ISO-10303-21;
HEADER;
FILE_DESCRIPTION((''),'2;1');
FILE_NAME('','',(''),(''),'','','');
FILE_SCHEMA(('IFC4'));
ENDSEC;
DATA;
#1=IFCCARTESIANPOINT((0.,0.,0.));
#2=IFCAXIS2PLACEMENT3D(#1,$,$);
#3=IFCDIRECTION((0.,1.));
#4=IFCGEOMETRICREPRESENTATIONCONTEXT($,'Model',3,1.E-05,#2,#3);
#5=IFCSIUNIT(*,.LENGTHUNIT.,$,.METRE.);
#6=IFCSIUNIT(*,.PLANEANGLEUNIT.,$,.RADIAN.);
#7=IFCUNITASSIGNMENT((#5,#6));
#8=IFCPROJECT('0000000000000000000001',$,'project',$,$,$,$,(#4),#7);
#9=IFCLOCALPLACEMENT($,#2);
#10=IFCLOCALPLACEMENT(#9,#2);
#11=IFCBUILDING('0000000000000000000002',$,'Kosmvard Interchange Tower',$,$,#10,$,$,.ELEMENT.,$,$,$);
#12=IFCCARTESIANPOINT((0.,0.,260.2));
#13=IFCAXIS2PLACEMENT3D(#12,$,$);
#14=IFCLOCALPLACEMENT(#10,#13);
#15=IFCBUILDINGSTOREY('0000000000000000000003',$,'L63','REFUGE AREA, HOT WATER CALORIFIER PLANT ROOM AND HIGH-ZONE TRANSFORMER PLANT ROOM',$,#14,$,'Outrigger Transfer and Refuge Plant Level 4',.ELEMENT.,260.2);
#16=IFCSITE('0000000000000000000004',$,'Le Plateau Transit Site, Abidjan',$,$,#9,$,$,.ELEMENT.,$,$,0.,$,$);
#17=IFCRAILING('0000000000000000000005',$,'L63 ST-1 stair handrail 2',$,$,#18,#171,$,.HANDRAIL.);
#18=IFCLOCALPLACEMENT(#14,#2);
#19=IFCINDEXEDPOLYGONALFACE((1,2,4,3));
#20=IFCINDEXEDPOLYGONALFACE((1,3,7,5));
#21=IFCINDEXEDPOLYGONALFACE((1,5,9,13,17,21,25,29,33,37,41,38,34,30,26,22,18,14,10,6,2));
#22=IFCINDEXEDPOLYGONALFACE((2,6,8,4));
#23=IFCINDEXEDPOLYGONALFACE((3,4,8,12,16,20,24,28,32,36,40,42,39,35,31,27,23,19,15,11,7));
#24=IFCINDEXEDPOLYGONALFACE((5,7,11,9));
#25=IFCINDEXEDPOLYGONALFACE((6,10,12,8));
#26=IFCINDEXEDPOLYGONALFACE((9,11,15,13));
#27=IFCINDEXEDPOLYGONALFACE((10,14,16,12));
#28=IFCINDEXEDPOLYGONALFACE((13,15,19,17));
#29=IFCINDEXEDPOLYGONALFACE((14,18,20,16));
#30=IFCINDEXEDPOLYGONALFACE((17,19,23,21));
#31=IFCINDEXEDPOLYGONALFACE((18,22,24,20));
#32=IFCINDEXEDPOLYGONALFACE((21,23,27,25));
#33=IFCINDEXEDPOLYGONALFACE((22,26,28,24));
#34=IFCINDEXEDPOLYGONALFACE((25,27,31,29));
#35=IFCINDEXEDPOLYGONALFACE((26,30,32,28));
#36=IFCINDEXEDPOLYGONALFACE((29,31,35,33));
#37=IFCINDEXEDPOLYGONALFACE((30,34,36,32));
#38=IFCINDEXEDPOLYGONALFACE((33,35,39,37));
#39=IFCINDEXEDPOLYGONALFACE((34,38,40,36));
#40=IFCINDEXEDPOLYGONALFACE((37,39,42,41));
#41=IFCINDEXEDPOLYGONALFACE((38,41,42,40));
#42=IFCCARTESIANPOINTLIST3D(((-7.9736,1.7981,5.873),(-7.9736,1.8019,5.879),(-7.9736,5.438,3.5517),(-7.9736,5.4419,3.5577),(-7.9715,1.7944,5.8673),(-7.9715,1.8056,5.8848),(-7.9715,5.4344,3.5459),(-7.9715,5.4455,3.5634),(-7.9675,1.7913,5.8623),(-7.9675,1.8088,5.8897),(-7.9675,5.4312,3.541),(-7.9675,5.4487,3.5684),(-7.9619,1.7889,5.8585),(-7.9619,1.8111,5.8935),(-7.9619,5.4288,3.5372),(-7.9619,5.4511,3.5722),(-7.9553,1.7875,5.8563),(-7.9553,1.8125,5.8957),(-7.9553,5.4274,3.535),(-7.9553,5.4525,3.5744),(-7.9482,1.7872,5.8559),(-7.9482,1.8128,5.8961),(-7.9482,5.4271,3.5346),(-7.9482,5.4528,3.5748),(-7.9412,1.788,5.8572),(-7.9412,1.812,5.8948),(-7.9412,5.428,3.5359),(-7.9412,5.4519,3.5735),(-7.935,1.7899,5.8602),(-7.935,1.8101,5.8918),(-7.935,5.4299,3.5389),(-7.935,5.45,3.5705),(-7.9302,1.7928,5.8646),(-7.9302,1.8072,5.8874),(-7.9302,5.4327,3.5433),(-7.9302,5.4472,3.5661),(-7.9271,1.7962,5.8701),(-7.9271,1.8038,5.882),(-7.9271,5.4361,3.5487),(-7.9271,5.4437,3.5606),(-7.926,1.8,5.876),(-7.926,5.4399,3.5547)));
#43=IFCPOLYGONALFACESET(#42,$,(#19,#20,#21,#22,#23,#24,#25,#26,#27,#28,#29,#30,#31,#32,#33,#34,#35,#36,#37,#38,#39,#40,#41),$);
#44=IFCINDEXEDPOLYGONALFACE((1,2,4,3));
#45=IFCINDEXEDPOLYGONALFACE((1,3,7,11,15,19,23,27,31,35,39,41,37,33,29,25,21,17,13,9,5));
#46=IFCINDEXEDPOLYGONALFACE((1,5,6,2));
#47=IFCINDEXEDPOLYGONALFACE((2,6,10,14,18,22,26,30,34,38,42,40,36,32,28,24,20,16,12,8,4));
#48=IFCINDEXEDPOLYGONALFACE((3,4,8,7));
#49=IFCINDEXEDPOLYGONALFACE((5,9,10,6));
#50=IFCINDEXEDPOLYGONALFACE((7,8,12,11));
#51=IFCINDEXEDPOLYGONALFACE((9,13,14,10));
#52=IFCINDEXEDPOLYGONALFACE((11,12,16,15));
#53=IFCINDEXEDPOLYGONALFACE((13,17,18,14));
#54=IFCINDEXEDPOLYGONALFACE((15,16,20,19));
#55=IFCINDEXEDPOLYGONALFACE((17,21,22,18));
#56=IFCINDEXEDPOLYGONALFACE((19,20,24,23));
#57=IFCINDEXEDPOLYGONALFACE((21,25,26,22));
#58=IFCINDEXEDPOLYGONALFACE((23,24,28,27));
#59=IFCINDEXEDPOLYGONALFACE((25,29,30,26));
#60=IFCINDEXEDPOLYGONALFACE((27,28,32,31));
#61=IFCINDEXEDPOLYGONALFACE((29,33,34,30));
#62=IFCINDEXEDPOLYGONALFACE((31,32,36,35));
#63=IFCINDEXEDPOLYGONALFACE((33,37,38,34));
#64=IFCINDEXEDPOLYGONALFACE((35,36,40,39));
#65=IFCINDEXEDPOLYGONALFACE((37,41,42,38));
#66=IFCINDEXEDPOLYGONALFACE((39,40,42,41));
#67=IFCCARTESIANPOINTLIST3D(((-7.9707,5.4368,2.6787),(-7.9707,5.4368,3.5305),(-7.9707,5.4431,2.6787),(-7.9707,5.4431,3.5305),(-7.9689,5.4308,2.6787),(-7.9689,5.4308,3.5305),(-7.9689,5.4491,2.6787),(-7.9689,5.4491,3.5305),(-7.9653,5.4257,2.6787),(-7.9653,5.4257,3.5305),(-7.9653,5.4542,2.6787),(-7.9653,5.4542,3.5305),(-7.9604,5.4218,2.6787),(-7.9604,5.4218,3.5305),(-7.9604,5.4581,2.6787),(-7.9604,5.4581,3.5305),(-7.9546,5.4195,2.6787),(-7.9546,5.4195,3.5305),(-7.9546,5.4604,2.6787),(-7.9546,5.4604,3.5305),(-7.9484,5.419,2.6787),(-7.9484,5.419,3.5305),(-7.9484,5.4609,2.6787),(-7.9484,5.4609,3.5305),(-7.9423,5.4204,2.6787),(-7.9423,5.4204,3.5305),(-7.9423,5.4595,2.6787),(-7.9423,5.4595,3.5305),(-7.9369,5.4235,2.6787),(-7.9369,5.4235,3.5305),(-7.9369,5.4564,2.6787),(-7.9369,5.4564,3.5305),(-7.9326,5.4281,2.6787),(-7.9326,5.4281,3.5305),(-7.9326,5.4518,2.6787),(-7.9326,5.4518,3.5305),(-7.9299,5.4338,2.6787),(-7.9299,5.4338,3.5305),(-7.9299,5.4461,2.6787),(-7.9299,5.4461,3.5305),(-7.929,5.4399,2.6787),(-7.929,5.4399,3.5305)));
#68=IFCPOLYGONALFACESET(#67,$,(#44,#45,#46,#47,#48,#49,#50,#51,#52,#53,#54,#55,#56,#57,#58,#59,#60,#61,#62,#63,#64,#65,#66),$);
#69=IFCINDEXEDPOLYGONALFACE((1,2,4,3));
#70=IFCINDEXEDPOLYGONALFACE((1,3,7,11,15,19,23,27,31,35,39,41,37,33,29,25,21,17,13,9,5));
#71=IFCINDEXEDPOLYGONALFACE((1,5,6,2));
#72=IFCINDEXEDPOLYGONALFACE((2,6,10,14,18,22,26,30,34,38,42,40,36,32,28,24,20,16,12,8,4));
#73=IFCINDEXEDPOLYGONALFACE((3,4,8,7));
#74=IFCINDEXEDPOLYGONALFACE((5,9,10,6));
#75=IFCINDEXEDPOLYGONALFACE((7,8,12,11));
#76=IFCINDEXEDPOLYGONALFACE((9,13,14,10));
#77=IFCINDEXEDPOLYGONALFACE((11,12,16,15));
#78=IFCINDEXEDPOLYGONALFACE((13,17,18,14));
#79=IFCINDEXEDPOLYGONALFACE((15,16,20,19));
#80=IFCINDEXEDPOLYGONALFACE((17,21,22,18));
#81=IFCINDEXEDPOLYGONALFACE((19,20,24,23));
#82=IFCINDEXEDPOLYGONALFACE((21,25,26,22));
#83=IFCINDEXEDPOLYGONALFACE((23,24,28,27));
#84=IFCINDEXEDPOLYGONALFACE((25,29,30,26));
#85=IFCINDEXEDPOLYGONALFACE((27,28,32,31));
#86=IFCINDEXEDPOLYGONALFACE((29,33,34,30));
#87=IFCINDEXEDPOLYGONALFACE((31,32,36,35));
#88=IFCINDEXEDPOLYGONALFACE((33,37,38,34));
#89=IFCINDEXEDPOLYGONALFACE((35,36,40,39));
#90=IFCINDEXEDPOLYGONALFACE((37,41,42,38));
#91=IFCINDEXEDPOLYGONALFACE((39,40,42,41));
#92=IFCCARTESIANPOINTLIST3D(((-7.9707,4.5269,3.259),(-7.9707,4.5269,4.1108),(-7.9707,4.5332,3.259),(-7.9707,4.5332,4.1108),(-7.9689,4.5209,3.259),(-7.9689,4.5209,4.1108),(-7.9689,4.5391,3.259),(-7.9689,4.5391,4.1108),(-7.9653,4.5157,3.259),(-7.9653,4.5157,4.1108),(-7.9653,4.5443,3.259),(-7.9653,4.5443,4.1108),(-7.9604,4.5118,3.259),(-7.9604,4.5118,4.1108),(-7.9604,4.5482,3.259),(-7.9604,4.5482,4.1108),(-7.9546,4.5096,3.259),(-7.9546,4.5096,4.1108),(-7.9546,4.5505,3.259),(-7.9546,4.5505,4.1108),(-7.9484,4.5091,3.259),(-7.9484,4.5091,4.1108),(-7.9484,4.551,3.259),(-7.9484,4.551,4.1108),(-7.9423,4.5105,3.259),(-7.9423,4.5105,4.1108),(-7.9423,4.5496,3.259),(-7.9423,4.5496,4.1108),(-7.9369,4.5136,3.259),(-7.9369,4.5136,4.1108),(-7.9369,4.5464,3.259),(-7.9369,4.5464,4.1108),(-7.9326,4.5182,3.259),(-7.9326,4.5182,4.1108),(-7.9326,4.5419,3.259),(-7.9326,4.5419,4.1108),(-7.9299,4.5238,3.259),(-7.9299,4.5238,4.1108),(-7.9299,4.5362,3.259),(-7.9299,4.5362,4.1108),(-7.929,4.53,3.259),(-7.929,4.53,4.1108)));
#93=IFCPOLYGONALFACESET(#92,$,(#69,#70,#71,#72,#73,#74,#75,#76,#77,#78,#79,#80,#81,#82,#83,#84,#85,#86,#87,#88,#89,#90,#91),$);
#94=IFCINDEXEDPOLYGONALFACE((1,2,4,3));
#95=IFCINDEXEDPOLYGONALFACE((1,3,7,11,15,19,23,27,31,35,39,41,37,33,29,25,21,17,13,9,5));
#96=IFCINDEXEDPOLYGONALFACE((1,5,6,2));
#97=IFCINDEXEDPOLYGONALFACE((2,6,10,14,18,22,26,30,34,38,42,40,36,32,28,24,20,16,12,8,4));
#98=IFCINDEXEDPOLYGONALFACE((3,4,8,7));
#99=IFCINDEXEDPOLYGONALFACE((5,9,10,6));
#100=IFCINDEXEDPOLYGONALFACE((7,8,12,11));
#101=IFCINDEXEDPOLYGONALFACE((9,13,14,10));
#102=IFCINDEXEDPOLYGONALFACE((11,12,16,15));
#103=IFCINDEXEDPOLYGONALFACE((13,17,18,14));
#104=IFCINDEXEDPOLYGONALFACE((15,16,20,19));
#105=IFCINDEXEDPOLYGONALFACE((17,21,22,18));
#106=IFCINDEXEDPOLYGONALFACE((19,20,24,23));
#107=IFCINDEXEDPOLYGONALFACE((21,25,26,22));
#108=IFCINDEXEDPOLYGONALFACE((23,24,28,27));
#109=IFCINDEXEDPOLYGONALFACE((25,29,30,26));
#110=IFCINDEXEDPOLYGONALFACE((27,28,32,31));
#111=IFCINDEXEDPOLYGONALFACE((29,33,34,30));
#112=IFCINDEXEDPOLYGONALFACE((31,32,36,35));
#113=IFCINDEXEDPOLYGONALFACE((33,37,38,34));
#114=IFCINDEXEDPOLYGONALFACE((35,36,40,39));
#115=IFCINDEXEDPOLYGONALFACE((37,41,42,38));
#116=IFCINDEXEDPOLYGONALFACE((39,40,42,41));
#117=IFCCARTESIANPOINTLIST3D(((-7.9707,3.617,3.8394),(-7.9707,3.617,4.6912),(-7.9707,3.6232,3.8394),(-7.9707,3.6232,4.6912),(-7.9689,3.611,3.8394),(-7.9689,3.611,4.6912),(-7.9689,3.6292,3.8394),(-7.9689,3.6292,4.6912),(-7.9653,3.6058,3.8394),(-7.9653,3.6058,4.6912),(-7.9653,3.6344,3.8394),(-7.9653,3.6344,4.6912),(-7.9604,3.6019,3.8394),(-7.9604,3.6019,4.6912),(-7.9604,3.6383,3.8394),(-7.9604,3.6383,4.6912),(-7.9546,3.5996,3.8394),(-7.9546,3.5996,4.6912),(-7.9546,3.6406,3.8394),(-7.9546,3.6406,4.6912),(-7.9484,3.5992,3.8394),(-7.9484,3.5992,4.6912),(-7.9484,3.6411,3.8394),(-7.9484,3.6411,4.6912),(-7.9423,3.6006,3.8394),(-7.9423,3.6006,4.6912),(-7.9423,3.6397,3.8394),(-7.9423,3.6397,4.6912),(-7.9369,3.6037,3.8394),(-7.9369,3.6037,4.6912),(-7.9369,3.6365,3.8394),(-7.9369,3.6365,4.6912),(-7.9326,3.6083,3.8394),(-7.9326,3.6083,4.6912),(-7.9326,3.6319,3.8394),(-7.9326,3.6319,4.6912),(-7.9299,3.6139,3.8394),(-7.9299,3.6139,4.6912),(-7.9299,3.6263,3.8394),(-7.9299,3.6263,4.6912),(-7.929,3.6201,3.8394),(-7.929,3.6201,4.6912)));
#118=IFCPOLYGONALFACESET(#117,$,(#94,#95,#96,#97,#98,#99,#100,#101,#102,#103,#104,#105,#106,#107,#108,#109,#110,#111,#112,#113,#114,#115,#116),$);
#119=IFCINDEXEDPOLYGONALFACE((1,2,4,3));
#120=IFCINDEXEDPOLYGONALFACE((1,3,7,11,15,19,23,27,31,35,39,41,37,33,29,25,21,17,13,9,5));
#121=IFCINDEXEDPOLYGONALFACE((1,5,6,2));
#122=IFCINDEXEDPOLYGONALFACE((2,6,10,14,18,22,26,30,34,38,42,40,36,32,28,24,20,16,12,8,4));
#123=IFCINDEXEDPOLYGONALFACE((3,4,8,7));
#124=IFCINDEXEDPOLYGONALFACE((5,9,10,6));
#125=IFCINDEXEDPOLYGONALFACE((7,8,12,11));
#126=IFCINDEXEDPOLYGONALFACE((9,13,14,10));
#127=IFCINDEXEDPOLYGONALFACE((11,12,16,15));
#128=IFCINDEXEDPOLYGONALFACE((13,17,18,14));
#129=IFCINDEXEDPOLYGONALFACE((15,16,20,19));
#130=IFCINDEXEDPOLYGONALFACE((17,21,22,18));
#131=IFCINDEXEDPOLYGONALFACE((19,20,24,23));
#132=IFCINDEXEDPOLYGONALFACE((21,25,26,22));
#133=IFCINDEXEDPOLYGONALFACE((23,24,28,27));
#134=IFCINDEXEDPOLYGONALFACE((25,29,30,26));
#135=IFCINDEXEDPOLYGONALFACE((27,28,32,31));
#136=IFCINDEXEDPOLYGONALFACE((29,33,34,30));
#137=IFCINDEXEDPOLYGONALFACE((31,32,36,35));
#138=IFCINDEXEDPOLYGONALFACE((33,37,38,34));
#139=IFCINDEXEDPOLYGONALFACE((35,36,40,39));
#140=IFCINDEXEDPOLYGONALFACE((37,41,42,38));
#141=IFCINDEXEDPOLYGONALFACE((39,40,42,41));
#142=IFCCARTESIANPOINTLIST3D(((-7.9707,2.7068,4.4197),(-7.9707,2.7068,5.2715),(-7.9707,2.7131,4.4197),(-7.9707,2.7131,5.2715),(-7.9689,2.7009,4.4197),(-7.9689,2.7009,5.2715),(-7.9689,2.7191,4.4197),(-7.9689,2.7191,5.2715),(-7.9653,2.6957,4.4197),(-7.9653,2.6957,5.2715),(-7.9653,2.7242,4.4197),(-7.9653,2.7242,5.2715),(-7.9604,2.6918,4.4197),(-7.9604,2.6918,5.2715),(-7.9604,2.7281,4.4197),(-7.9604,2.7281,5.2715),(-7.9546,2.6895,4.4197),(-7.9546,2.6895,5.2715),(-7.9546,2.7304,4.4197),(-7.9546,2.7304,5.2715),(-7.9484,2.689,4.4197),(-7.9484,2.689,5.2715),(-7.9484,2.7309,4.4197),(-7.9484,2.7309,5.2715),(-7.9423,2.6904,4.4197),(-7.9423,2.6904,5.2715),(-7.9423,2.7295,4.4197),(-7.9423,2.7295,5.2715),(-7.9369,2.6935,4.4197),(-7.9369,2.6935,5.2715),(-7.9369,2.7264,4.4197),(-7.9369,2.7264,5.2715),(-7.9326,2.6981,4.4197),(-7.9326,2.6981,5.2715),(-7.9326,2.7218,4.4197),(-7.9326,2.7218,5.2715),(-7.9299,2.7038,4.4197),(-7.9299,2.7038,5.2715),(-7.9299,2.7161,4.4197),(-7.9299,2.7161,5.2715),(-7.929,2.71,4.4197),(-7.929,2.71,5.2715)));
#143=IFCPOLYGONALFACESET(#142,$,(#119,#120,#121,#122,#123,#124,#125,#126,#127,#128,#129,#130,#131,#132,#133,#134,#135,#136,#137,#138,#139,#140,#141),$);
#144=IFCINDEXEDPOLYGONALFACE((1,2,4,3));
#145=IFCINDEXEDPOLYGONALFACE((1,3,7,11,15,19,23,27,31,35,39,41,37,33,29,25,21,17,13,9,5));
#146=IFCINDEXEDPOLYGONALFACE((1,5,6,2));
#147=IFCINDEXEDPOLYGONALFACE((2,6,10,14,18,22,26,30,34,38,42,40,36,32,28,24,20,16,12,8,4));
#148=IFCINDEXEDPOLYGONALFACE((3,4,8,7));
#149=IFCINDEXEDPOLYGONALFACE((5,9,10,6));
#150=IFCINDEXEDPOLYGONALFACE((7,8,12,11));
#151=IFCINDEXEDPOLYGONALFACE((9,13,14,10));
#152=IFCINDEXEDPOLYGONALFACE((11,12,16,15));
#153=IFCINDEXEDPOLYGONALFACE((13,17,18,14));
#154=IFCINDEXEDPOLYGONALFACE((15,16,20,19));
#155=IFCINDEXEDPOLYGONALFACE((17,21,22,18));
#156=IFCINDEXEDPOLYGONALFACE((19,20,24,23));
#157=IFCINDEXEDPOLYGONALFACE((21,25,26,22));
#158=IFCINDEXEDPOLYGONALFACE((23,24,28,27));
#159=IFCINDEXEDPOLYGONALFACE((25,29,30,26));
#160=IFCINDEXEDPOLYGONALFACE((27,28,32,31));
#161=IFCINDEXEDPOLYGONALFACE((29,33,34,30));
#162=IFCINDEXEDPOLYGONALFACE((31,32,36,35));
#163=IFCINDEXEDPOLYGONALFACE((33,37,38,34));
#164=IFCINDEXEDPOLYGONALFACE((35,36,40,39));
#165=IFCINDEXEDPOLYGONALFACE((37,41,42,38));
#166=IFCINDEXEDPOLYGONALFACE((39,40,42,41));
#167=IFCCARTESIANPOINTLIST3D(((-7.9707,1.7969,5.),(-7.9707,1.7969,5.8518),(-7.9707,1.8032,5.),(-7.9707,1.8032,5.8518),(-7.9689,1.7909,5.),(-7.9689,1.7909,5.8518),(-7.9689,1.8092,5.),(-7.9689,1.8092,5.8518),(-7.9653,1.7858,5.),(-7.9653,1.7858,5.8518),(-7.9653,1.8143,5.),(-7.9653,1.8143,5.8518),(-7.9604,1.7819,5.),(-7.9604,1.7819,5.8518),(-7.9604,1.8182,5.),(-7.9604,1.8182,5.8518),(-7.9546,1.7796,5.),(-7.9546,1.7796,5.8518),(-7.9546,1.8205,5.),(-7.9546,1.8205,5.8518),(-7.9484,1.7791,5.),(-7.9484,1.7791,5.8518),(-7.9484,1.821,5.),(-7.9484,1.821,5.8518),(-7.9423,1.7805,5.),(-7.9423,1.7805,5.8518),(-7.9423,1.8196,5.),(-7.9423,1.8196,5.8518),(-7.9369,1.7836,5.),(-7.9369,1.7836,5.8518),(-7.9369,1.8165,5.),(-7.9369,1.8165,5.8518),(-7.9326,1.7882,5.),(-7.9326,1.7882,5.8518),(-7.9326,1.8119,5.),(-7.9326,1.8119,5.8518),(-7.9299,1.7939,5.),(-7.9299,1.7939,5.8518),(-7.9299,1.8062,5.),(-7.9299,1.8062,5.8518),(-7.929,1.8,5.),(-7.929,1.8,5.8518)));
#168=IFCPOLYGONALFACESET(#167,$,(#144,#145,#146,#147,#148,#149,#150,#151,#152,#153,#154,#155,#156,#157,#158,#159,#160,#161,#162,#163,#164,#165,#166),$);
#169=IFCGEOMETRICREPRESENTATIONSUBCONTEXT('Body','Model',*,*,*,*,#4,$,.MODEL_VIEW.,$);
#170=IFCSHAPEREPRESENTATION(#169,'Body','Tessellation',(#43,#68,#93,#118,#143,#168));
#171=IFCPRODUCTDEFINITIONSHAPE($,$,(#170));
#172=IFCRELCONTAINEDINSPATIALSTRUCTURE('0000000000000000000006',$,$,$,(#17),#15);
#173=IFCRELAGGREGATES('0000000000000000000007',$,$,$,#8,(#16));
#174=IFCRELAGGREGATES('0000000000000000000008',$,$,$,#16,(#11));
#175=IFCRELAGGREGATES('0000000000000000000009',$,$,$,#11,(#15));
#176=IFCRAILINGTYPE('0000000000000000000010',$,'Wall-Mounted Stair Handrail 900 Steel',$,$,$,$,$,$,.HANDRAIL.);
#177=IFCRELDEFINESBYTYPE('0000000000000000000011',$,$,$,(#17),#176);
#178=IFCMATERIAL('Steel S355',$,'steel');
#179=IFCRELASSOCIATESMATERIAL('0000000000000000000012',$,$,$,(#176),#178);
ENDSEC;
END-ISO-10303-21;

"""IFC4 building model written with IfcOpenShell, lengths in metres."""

from ifc_helpers import new_model, si_unit, direction, frame, origin, origin_2d, place, context, subcontext, project, spatial, circle, extrude, source, transform, mapped, material, type_object, element, save


model = new_model("IFC4")

# Units and contexts
model_context = context("Model", 3, precision=1e-05, world=origin(), true_north=direction((0.0, 1.0)))
body_context = subcontext(model_context, "Body", "Model", "MODEL_VIEW")
ifc_project = project(units=[si_unit("LENGTHUNIT", "METRE"), si_unit("PLANEANGLEUNIT", "RADIAN")], contexts=[model_context])

# Site, building, storey
site_placement = place(None, origin())
site = spatial("IfcSite", under=ifc_project, at=site_placement, Name="Le Plateau Transit Site, Abidjan", CompositionType="ELEMENT", RefElevation=0.0)
building_placement = place(site_placement, origin())
building = spatial("IfcBuilding", under=site, at=building_placement, Name="Kosmvard Interchange Tower", CompositionType="ELEMENT")
storey_placement = place(building_placement, frame((0.0, 0.0, 260.2)))
storey = spatial("IfcBuildingStorey", under=building, at=storey_placement, Name="L63", Description="REFUGE AREA, HOT WATER CALORIFIER PLANT ROOM AND HIGH-ZONE TRANSFORMER PLANT ROOM", LongName="Outrigger Transfer and Refuge Plant Level 4", CompositionType="ELEMENT", Elevation=260.2)

# Railing
ifc_material_1 = material(Name="Steel S355", Category="steel")
railing_type_1 = type_object("IfcRailingType", Name="Wall-Mounted Stair Handrail 900 Steel", PredefinedType="HANDRAIL", material=ifc_material_1)
shared_shape_1 = source(origin(), body_context, "Body", "SweptSolid", [
    extrude(circle(Radius=0.0239, at=origin_2d()), frame((0.0, 0.0, 0.876), z_axis=(0.0, -0.843137, 0.537699), x_axis=(1.0, 0.0, 0.0)), (0.0, 0.0, 1.0), 4.3171),
    extrude(circle(Radius=0.021, at=origin_2d()), origin(), (0.0, 0.0, 1.0), 0.8518),
    extrude(circle(Radius=0.021, at=origin_2d()), frame((0.0, -0.9099, 0.5803)), (0.0, 0.0, 1.0), 0.8518),
    extrude(circle(Radius=0.021, at=origin_2d()), frame((0.0, -1.8198, 1.1606)), (0.0, 0.0, 1.0), 0.8518),
    extrude(circle(Radius=0.021, at=origin_2d()), frame((0.0, -2.73, 1.741)), (0.0, 0.0, 1.0), 0.8518),
    extrude(circle(Radius=0.021, at=origin_2d()), frame((0.0, -3.6399, 2.3213)), (0.0, 0.0, 1.0), 0.8518),
])
railing_1_placement = place(storey_placement, frame((-7.95, 5.4399, 2.6787)))
element("IfcRailing", 1, at=railing_1_placement, inside=storey, type_object=railing_type_1, Name="L63 ST-1 stair handrail 2", PredefinedType="HANDRAIL", context=body_context, shape_type="MappedRepresentation", body=[
    mapped(shared_shape_1, transform((0.0, 0.0, 0.0), scale=1.0)),
])

save(model, "model.ifc")
